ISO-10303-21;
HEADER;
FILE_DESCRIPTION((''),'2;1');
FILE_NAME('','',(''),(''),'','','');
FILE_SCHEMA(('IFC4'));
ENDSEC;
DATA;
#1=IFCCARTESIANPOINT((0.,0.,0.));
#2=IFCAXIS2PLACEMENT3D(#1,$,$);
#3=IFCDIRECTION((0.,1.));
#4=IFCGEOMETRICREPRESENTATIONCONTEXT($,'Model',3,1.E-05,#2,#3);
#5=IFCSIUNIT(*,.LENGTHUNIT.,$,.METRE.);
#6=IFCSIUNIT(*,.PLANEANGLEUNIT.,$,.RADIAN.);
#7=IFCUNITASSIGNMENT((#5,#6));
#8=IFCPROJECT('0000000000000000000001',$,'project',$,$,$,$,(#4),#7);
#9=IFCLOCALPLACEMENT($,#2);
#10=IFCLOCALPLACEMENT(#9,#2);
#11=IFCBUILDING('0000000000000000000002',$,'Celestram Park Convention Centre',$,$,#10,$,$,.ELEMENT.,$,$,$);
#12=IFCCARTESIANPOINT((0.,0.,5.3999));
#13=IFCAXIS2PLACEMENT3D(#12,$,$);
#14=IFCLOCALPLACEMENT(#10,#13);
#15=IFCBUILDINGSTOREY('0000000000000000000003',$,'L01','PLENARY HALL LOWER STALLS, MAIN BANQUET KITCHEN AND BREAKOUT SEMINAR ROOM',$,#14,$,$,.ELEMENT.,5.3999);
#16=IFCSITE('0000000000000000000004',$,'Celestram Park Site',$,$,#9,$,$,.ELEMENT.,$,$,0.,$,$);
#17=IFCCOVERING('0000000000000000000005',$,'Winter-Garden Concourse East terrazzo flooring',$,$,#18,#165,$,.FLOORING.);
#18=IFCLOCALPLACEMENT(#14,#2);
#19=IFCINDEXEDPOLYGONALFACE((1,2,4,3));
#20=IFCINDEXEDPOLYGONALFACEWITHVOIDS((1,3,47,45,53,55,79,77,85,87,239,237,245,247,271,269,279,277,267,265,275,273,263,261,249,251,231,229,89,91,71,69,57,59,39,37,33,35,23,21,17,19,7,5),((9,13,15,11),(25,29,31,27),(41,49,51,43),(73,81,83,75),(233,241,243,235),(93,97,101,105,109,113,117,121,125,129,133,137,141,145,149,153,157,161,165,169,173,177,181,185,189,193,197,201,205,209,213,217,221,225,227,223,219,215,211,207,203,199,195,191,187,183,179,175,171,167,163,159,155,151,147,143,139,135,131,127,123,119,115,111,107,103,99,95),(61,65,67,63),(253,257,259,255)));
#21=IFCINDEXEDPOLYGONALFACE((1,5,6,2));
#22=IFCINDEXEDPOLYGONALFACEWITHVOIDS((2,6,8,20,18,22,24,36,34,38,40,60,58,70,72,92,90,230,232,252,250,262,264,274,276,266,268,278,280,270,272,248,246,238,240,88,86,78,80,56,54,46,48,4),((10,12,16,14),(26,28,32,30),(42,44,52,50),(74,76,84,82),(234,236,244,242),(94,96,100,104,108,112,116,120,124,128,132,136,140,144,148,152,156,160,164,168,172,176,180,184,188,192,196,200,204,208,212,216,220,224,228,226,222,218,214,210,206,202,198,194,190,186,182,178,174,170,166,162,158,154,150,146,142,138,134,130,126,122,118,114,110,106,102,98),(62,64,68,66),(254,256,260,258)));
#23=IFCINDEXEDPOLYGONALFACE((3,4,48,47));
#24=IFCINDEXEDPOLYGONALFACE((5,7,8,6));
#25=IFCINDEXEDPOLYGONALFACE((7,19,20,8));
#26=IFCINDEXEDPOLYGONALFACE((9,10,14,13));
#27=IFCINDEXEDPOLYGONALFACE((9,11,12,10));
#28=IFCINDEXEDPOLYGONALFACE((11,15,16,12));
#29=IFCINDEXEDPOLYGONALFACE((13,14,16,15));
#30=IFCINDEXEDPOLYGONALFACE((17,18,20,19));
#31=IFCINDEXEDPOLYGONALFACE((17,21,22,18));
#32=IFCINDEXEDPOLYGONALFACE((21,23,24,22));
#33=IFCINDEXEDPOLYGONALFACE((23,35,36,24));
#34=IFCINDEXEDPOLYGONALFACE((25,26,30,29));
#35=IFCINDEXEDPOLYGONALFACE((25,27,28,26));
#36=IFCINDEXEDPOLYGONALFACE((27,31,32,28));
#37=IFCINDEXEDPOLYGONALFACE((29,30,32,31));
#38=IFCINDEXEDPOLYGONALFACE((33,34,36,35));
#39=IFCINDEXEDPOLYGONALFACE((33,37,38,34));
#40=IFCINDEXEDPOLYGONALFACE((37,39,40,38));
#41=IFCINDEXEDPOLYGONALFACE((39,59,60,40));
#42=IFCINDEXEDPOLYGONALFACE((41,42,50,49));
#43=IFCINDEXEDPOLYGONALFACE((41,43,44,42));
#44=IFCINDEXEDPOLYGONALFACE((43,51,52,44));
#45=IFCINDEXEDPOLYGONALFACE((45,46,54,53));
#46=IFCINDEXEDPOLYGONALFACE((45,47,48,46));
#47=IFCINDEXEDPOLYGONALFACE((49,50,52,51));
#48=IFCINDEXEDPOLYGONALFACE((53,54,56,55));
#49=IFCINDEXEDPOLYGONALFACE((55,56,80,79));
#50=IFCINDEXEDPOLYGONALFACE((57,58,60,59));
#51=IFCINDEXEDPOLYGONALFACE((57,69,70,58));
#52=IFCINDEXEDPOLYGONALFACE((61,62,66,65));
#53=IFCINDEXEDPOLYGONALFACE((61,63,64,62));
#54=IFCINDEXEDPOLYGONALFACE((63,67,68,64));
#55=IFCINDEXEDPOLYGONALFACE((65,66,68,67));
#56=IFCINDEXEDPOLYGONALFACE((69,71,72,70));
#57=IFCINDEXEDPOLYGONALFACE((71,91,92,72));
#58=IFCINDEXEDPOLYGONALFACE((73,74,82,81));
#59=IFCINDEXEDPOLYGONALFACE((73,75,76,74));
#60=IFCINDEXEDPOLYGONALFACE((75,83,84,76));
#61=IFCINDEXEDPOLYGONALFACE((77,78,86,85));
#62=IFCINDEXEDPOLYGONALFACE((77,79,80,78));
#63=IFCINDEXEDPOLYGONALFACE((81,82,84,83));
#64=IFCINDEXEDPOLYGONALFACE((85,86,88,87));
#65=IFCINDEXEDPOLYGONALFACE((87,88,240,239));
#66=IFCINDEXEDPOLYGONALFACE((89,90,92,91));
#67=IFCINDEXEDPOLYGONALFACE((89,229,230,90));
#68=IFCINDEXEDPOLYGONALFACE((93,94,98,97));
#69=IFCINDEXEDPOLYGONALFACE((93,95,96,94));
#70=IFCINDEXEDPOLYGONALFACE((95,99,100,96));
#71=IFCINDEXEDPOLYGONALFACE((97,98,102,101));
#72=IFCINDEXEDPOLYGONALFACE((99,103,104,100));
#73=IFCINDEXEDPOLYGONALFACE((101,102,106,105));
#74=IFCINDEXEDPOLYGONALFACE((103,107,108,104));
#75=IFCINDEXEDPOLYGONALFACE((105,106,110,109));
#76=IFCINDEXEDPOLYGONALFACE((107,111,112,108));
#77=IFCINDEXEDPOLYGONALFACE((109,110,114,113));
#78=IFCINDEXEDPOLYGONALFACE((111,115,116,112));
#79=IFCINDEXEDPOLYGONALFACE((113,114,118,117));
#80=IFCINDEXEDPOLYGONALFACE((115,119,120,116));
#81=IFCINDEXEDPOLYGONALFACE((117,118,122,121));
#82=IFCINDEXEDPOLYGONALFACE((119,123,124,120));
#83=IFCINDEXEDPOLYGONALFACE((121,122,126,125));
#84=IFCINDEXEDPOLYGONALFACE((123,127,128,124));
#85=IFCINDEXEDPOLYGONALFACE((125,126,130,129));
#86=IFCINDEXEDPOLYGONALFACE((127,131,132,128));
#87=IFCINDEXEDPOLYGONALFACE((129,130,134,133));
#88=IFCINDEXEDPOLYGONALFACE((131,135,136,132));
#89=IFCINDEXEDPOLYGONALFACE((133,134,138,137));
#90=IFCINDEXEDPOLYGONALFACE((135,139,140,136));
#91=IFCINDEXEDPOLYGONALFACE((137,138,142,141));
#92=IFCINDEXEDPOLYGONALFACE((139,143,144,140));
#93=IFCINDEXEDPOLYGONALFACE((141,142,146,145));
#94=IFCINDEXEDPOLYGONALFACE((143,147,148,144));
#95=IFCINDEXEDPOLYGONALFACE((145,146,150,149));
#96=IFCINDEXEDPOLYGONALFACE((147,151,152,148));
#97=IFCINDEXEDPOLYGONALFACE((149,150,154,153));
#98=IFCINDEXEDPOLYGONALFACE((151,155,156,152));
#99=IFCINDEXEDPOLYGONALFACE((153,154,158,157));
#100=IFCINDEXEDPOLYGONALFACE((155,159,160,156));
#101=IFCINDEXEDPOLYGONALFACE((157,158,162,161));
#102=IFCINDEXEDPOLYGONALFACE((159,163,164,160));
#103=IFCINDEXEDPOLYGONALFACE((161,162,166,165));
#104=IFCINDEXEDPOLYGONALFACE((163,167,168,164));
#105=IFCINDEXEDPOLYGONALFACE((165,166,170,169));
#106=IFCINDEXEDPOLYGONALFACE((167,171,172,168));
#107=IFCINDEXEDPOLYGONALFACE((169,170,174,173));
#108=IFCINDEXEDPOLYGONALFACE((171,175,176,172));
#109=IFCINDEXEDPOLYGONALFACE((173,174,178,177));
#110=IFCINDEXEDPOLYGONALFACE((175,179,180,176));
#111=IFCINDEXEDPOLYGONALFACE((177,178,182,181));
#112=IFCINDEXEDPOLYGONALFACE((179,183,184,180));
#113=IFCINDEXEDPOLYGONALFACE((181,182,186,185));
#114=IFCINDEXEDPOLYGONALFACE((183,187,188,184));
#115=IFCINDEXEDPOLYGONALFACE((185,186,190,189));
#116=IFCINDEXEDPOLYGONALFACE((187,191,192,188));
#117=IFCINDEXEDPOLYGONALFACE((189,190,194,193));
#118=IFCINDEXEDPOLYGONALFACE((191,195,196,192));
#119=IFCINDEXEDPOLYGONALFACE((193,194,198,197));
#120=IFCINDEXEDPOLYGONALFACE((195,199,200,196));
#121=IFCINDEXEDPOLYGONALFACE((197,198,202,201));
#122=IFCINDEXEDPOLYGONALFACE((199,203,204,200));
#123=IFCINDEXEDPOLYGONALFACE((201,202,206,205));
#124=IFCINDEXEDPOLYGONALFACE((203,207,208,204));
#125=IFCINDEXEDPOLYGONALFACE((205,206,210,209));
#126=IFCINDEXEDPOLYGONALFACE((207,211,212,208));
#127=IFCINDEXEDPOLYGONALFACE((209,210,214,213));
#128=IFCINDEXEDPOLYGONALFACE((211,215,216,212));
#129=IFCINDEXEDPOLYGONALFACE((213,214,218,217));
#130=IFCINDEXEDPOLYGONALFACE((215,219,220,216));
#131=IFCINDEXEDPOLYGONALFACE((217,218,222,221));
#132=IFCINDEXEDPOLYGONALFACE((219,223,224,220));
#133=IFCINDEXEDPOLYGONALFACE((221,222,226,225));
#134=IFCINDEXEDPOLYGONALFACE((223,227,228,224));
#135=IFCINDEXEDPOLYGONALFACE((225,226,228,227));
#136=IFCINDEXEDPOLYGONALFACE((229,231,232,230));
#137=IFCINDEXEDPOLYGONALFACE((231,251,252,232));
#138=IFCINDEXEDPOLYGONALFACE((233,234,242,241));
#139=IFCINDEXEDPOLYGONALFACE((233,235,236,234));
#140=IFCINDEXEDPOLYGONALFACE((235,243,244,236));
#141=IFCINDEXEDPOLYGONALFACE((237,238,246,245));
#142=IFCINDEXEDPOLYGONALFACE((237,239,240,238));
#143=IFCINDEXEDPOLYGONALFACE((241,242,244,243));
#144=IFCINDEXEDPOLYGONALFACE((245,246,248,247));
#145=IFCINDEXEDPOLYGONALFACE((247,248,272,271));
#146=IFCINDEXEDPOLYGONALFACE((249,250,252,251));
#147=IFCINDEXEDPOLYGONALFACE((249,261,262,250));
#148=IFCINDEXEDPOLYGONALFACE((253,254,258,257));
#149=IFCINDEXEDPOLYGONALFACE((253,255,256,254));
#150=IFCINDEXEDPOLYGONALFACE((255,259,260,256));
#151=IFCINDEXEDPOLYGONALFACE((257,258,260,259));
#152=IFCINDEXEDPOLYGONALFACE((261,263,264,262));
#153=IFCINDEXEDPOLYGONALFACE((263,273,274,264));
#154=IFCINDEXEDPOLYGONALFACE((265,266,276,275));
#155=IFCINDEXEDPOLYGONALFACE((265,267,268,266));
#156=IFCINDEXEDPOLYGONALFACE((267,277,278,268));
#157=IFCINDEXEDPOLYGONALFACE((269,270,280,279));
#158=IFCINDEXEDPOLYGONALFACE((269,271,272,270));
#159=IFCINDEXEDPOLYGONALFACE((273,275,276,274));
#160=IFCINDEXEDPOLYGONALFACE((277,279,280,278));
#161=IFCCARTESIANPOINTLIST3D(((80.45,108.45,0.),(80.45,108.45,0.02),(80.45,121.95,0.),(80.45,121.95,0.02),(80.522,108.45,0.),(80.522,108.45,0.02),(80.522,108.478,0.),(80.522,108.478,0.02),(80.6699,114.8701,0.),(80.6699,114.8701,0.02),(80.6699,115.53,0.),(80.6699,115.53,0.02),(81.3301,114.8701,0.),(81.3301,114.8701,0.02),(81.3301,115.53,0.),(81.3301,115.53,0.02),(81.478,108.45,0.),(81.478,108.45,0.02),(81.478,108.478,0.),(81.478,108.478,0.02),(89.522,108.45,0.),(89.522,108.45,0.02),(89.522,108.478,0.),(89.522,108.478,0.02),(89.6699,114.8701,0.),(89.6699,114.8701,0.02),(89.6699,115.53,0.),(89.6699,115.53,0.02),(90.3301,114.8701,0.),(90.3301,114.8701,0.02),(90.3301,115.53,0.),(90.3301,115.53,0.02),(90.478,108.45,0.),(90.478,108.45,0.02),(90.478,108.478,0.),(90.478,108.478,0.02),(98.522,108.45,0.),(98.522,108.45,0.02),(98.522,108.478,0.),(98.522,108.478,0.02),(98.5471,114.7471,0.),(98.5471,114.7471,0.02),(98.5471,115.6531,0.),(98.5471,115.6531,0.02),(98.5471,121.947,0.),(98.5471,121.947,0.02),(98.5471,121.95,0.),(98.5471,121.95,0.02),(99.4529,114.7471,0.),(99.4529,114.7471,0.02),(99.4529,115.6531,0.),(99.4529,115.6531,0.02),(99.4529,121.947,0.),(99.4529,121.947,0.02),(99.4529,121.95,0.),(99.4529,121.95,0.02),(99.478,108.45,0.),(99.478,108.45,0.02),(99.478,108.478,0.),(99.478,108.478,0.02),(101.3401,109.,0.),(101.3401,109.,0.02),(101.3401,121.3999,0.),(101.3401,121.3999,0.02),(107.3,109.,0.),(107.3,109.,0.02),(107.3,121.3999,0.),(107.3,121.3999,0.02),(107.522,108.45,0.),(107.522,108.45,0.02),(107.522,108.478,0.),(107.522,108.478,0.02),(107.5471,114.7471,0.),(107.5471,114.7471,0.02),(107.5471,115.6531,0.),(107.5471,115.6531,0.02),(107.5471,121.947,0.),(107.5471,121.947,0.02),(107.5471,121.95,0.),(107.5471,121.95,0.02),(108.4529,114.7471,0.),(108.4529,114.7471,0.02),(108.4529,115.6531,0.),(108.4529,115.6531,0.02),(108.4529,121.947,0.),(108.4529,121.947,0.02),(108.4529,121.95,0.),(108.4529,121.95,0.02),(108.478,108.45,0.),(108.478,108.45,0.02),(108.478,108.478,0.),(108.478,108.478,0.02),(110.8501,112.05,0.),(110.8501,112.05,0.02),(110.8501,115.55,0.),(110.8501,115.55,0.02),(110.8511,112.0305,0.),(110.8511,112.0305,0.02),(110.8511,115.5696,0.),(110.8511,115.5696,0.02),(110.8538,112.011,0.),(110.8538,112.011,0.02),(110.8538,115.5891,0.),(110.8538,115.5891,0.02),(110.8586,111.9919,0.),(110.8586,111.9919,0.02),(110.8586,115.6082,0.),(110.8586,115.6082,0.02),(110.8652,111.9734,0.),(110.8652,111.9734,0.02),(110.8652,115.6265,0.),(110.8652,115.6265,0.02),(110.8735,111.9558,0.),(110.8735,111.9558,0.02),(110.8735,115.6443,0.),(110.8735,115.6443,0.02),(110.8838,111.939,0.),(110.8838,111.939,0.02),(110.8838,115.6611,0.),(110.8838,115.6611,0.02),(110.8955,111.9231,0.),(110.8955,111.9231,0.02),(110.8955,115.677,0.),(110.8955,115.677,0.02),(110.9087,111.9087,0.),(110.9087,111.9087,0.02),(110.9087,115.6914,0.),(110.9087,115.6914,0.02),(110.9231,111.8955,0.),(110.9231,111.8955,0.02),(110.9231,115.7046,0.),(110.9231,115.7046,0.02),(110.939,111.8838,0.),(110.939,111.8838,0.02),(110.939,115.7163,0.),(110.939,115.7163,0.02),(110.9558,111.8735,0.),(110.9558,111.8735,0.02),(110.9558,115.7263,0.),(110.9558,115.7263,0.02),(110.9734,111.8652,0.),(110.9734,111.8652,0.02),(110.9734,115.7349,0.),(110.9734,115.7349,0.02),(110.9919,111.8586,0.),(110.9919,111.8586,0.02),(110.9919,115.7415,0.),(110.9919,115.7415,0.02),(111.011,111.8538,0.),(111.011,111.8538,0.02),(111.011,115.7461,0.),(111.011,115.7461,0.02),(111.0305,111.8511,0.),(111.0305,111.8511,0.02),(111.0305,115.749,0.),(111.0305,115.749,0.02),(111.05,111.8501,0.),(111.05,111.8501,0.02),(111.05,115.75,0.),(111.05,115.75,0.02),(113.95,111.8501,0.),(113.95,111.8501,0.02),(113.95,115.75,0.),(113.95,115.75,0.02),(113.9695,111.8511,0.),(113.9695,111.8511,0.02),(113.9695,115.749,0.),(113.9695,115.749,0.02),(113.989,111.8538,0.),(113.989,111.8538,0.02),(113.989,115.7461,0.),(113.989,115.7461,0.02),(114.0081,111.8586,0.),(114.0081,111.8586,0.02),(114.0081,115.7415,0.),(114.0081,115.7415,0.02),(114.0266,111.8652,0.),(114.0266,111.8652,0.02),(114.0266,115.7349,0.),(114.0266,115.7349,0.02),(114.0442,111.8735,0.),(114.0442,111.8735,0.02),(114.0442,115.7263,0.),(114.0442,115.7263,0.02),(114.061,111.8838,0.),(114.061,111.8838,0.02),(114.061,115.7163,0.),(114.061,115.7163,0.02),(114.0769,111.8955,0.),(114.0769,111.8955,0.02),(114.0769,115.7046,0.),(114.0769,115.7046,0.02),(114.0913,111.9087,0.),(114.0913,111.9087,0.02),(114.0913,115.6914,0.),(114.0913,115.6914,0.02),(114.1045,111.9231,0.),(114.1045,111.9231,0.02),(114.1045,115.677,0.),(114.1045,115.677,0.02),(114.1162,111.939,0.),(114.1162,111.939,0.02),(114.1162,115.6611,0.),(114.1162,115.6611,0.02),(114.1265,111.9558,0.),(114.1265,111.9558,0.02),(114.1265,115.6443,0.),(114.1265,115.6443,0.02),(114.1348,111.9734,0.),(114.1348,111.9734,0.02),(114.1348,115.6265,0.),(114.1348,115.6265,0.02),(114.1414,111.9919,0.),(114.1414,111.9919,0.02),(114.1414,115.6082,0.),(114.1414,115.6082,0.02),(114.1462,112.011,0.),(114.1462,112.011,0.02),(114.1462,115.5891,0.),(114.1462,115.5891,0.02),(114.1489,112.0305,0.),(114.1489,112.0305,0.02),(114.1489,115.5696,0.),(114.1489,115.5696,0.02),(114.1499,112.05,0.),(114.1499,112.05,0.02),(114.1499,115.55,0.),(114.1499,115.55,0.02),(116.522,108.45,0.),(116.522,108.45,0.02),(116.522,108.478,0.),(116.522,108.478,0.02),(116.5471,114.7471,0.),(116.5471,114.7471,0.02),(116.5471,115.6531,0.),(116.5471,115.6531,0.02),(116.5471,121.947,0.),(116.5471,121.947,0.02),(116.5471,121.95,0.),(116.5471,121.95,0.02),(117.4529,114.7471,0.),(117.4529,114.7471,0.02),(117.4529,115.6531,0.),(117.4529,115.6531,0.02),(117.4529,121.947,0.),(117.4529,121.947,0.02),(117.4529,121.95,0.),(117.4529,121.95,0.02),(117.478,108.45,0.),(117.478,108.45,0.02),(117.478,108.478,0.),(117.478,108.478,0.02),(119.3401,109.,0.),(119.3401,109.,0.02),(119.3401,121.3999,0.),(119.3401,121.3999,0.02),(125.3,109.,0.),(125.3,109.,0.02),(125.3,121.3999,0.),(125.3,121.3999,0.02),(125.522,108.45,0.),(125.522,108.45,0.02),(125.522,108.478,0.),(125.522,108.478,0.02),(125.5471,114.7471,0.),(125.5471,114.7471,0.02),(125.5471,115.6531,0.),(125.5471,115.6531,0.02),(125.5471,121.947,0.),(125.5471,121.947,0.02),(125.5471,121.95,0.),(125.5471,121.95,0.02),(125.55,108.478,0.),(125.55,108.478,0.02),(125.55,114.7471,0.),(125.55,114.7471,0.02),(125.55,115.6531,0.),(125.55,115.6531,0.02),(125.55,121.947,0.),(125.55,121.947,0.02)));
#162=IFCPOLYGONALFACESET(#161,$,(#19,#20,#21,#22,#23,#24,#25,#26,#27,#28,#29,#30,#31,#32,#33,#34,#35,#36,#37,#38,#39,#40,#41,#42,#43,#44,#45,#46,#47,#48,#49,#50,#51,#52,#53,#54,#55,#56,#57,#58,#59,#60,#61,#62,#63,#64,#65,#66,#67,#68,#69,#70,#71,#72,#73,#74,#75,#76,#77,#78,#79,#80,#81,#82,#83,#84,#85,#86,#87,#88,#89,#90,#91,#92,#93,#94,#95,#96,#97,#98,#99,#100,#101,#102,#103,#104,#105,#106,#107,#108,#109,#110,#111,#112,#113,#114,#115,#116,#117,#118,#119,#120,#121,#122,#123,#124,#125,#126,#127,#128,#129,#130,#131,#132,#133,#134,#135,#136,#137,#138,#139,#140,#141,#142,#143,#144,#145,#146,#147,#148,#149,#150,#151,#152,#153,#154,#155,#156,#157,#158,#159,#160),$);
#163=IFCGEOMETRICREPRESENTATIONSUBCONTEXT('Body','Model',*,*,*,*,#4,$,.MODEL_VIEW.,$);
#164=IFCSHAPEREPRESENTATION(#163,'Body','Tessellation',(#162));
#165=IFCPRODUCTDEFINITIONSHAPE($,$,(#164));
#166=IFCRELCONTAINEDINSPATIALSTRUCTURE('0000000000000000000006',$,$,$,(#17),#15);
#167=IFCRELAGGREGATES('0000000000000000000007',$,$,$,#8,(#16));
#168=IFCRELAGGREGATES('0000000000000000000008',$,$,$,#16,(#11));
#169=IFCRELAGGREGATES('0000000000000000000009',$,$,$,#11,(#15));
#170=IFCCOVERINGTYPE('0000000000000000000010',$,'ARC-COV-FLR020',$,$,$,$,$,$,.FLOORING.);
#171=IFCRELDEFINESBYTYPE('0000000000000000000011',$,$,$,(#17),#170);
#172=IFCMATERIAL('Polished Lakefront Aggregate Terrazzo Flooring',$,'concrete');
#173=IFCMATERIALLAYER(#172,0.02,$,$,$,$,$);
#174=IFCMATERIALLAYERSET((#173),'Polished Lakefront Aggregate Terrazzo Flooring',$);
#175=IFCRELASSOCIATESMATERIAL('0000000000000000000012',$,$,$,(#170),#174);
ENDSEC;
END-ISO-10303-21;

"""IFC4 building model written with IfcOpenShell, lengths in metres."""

from ifc_helpers import new_model, si_unit, direction, frame, origin, place, context, subcontext, project, spatial, polyline, outline, extrude, material, layer, layer_set, type_object, element, save


model = new_model("IFC4")

# Units and contexts
model_context = context("Model", 3, precision=1e-05, world=origin(), true_north=direction((0.0, 1.0)))
body_context = subcontext(model_context, "Body", "Model", "MODEL_VIEW")
ifc_project = project(units=[si_unit("LENGTHUNIT", "METRE"), si_unit("PLANEANGLEUNIT", "RADIAN")], contexts=[model_context])

# Site, building, storey
site_placement = place(None, origin())
site = spatial("IfcSite", under=ifc_project, at=site_placement, Name="Celestram Park Site", CompositionType="ELEMENT", RefElevation=0.0)
building_placement = place(site_placement, origin())
building = spatial("IfcBuilding", under=site, at=building_placement, Name="Celestram Park Convention Centre", CompositionType="ELEMENT")
storey_placement = place(building_placement, frame((0.0, 0.0, 5.3999)))
storey = spatial("IfcBuildingStorey", under=building, at=storey_placement, Name="L01", Description="PLENARY HALL LOWER STALLS, MAIN BANQUET KITCHEN AND BREAKOUT SEMINAR ROOM", CompositionType="ELEMENT", Elevation=5.3999)

# Covering
ifc_material_1 = material(Name="Polished Lakefront Aggregate Terrazzo Flooring", Category="concrete")
ifc_layer_1 = layer(ifc_material_1, 0.02)
ifc_layer_set_1 = layer_set([ifc_layer_1], Name="Polished Lakefront Aggregate Terrazzo Flooring")
covering_type_1 = type_object("IfcCoveringType", Name="ARC-COV-FLR020", PredefinedType="FLOORING", material=ifc_layer_set_1)
covering_1_placement = place(storey_placement, origin())
element("IfcCovering", 1, at=covering_1_placement, inside=storey, type_object=covering_type_1, Name="Winter-Garden Concourse East terrazzo flooring", PredefinedType="FLOORING", context=body_context, shape_type="SweptSolid", body=[
    extrude(outline(polyline([(98.5471, 121.95), (98.5471, 121.947), (99.4529, 121.947), (99.4529, 121.95), (107.5471, 121.95), (107.5471, 121.947), (108.4529, 121.947), (108.4529, 121.95), (116.5471, 121.95), (116.5471, 121.947), (117.4529, 121.947), (117.4529, 121.95), (125.5471, 121.95), (125.5471, 121.947), (125.55, 121.947), (125.55, 115.6531), (125.5471, 115.6531), (125.5471, 114.7471), (125.55, 114.7471), (125.55, 108.478), (125.522, 108.478), (125.522, 108.45), (117.478, 108.45), (117.478, 108.478), (116.522, 108.478), (116.522, 108.45), (108.478, 108.45), (108.478, 108.478), (107.522, 108.478), (107.522, 108.45), (99.478, 108.45), (99.478, 108.478), (98.522, 108.478), (98.522, 108.45), (90.478, 108.45), (90.478, 108.478), (89.522, 108.478), (89.522, 108.45), (81.478, 108.45), (81.478, 108.478), (80.522, 108.478), (80.522, 108.45), (80.45, 108.45), (80.45, 121.95), (98.5471, 121.95)]), holes=[polyline([(110.8586, 111.9919), (110.8652, 111.9734), (110.8735, 111.9558), (110.8838, 111.939), (110.8955, 111.9231), (110.9087, 111.9087), (110.9231, 111.8955), (110.939, 111.8838), (110.9558, 111.8735), (110.9734, 111.8652), (110.9919, 111.8586), (111.011, 111.8538), (111.0305, 111.8511), (111.05, 111.8501), (113.95, 111.8501), (113.9695, 111.8511), (113.989, 111.8538), (114.0081, 111.8586), (114.0266, 111.8652), (114.0442, 111.8735), (114.061, 111.8838), (114.0769, 111.8955), (114.0913, 111.9087), (114.1045, 111.9231), (114.1162, 111.939), (114.1265, 111.9558), (114.1348, 111.9734), (114.1414, 111.9919), (114.1462, 112.011), (114.1489, 112.0305), (114.1499, 112.05), (114.1499, 115.55), (114.1489, 115.5696), (114.1462, 115.5891), (114.1414, 115.6082), (114.1348, 115.6265), (114.1265, 115.6443), (114.1162, 115.6611), (114.1045, 115.677), (114.0913, 115.6914), (114.0769, 115.7046), (114.061, 115.7163), (114.0442, 115.7263), (114.0266, 115.7349), (114.0081, 115.7415), (113.989, 115.7461), (113.9695, 115.749), (113.95, 115.75), (111.05, 115.75), (111.0305, 115.749), (111.011, 115.7461), (110.9919, 115.7415), (110.9734, 115.7349), (110.9558, 115.7263), (110.939, 115.7163), (110.9231, 115.7046), (110.9087, 115.6914), (110.8955, 115.677), (110.8838, 115.6611), (110.8735, 115.6443), (110.8652, 115.6265), (110.8586, 115.6082), (110.8538, 115.5891), (110.8511, 115.5696), (110.8501, 115.55), (110.8501, 112.05), (110.8511, 112.0305), (110.8538, 112.011), (110.8586, 111.9919)]), polyline([(107.3, 121.3999), (101.3401, 121.3999), (101.3401, 109.0), (107.3, 109.0), (107.3, 121.3999)]), polyline([(125.3, 121.3999), (119.3401, 121.3999), (119.3401, 109.0), (125.3, 109.0), (125.3, 121.3999)]), polyline([(81.3301, 115.53), (80.6699, 115.53), (80.6699, 114.8701), (81.3301, 114.8701), (81.3301, 115.53)]), polyline([(108.4529, 115.6531), (107.5471, 115.6531), (107.5471, 114.7471), (108.4529, 114.7471), (108.4529, 115.6531)]), polyline([(99.4529, 115.6531), (98.5471, 115.6531), (98.5471, 114.7471), (99.4529, 114.7471), (99.4529, 115.6531)]), polyline([(117.4529, 115.6531), (116.5471, 115.6531), (116.5471, 114.7471), (117.4529, 114.7471), (117.4529, 115.6531)]), polyline([(90.3301, 115.53), (89.6699, 115.53), (89.6699, 114.8701), (90.3301, 114.8701), (90.3301, 115.53)])]), origin(), (0.0, 0.0, 1.0), 0.02),
])

save(model, "model.ifc")
